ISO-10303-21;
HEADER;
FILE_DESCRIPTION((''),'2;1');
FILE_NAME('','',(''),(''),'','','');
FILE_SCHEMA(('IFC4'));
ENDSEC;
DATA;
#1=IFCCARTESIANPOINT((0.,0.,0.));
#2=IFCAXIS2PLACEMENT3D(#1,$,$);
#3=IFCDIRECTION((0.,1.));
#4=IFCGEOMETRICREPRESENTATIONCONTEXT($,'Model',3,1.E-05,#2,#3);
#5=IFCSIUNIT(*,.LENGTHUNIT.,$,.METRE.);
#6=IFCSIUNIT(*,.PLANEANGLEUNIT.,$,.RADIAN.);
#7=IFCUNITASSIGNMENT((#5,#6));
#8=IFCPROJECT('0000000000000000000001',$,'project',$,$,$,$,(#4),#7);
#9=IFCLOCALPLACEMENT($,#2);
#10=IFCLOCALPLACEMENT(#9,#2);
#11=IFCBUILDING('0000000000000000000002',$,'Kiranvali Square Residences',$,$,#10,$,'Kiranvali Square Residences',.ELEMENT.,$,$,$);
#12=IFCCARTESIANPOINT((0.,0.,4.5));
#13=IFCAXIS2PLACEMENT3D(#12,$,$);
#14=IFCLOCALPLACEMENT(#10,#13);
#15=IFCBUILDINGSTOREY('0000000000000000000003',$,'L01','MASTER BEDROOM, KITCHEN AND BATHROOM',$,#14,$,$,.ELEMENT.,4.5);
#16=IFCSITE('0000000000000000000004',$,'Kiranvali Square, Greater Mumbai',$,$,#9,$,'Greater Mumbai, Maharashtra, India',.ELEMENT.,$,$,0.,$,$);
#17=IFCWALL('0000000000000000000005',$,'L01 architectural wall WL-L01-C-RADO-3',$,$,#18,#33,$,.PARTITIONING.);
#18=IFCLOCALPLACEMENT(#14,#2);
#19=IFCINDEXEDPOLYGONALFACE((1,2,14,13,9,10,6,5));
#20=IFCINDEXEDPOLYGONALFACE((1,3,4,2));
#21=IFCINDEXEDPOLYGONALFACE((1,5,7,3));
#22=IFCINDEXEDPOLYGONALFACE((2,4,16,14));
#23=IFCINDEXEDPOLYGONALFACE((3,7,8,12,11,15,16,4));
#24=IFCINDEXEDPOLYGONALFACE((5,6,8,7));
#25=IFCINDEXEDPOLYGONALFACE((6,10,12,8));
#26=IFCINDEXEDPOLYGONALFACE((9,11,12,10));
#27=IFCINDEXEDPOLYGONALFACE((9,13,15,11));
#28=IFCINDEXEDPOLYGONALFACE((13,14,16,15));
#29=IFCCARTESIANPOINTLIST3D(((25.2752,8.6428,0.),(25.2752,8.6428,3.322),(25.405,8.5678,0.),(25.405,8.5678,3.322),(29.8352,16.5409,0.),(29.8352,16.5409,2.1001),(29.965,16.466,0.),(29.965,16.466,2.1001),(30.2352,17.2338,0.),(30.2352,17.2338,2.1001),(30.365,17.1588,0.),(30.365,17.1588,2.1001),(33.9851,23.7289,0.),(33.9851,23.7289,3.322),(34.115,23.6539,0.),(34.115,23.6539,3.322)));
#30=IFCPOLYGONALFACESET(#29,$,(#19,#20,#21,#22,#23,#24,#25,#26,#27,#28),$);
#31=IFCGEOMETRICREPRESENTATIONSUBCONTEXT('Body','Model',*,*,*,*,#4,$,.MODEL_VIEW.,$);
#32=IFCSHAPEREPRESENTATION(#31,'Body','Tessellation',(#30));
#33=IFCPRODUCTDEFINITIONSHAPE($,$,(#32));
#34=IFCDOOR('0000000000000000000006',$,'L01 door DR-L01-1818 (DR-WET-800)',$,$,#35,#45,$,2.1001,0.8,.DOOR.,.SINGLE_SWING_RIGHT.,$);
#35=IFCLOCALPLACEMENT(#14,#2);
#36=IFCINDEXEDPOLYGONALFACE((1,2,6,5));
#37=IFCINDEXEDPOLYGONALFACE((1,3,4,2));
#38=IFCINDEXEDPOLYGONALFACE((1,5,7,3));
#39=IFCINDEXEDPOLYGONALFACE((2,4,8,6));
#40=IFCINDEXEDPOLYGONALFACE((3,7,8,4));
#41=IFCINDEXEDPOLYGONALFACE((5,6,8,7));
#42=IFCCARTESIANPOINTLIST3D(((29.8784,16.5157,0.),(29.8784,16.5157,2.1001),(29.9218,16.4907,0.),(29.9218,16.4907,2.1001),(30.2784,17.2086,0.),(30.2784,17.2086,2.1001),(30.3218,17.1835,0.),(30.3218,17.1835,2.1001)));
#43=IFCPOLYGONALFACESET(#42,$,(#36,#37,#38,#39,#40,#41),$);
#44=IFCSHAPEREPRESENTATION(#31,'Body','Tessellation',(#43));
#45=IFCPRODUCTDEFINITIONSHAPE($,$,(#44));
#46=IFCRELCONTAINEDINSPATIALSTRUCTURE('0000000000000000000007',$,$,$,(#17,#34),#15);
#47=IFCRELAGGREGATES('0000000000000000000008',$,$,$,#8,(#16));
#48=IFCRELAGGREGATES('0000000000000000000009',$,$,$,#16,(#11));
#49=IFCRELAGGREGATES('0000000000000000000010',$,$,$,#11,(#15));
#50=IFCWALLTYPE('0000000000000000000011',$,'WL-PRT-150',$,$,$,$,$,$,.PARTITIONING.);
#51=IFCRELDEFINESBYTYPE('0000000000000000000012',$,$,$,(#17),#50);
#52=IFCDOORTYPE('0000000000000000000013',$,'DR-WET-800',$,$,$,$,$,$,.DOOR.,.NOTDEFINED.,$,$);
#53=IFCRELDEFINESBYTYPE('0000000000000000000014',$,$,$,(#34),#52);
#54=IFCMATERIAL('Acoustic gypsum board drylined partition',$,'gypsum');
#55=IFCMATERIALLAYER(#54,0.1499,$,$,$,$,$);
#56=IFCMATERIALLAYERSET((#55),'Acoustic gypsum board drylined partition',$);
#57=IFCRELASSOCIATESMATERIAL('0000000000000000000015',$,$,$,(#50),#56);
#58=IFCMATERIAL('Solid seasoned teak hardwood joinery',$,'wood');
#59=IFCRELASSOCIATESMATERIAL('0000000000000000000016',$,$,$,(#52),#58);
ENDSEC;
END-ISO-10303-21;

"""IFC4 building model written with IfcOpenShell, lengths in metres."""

from ifc_helpers import new_model, si_unit, direction, frame, frame_2d, origin, place, context, subcontext, project, spatial, rectangle, extrude, material, layer, layer_set, type_object, element, fill, save


model = new_model("IFC4")

# Units and contexts
model_context = context("Model", 3, precision=1e-05, world=origin(), true_north=direction((0.0, 1.0)))
body_context = subcontext(model_context, "Body", "Model", "MODEL_VIEW")
ifc_project = project(units=[si_unit("LENGTHUNIT", "METRE"), si_unit("PLANEANGLEUNIT", "RADIAN")], contexts=[model_context])

# Site, building, storey
site_placement = place(None, origin())
site = spatial("IfcSite", under=ifc_project, at=site_placement, Name="Kiranvali Square, Greater Mumbai", LongName="Greater Mumbai, Maharashtra, India", CompositionType="ELEMENT", RefElevation=0.0)
building_placement = place(site_placement, origin())
building = spatial("IfcBuilding", under=site, at=building_placement, Name="Kiranvali Square Residences", LongName="Kiranvali Square Residences", CompositionType="ELEMENT")
storey_placement = place(building_placement, frame((0.0, 0.0, 4.5)))
storey = spatial("IfcBuildingStorey", under=building, at=storey_placement, Name="L01", Description="MASTER BEDROOM, KITCHEN AND BATHROOM", CompositionType="ELEMENT", Elevation=4.5)

# Wall, opening, door
ifc_material_1 = material(Name="Acoustic gypsum board drylined partition", Category="gypsum")
ifc_layer_1 = layer(ifc_material_1, 0.1499)
ifc_layer_set_1 = layer_set([ifc_layer_1], Name="Acoustic gypsum board drylined partition")
wall_type_1 = type_object("IfcWallType", Name="WL-PRT-150", PredefinedType="PARTITIONING", material=ifc_layer_set_1)
wall_1_placement = place(storey_placement, frame((34.05, 23.6914, 0.0), z_axis=(0.0, 0.0, 1.0), x_axis=(-0.499998, -0.866027, 0.0)))
wall_1 = element("IfcWall", 1, at=wall_1_placement, inside=storey, type_object=wall_type_1, Name="L01 architectural wall WL-L01-C-RADO-3", PredefinedType="PARTITIONING", context=body_context, shape_type="SweptSolid", body=[
    extrude(rectangle(XDim=17.4199, YDim=0.1499, at=frame_2d((8.71, 0.0))), origin(), (0.0, 0.0, 1.0), 3.322),
])
opening_1_placement = place(wall_1_placement, frame((7.5, 0.0, 0.0)))
opening_1 = element("IfcOpeningElement", 2, at=opening_1_placement, cuts=wall_1, PredefinedType="OPENING", context=body_context, shape_type="SweptSolid", body=[
    extrude(rectangle(XDim=0.8, YDim=2.1001, at=frame_2d((0.3999, 1.05))), frame((0.0, 0.085, 0.0), z_axis=(0.0, -1.0, 0.0), x_axis=(1.0, 0.0, 0.0)), (0.0, 0.0, 1.0), 0.1699),
])
ifc_material_2 = material(Name="Solid seasoned teak hardwood joinery", Category="wood")
door_type_1 = type_object("IfcDoorType", Name="DR-WET-800", OperationType="NOTDEFINED", PredefinedType="DOOR", material=ifc_material_2)
door_1_placement = place(opening_1_placement, frame((0.8, 0.0, 0.0), z_axis=(0.0, 0.0, 1.0), x_axis=(-1.0, 0.0, 0.0)))
door_1 = element("IfcDoor", 3, at=door_1_placement, inside=storey, type_object=door_type_1, Name="L01 door DR-L01-1818 (DR-WET-800)", OperationType="SINGLE_SWING_RIGHT", OverallHeight=2.1001, OverallWidth=0.8, PredefinedType="DOOR", context=body_context, shape_type="SweptSolid", body=[
    extrude(rectangle(XDim=0.8, YDim=2.1001, at=frame_2d((0.3999, 1.05))), frame((0.0, 0.0249, 0.0), z_axis=(0.0, -1.0, 0.0), x_axis=(1.0, 0.0, 0.0)), (0.0, 0.0, 1.0), 0.05),
])
fill(opening_1, door_1)

save(model, "model.ifc")
